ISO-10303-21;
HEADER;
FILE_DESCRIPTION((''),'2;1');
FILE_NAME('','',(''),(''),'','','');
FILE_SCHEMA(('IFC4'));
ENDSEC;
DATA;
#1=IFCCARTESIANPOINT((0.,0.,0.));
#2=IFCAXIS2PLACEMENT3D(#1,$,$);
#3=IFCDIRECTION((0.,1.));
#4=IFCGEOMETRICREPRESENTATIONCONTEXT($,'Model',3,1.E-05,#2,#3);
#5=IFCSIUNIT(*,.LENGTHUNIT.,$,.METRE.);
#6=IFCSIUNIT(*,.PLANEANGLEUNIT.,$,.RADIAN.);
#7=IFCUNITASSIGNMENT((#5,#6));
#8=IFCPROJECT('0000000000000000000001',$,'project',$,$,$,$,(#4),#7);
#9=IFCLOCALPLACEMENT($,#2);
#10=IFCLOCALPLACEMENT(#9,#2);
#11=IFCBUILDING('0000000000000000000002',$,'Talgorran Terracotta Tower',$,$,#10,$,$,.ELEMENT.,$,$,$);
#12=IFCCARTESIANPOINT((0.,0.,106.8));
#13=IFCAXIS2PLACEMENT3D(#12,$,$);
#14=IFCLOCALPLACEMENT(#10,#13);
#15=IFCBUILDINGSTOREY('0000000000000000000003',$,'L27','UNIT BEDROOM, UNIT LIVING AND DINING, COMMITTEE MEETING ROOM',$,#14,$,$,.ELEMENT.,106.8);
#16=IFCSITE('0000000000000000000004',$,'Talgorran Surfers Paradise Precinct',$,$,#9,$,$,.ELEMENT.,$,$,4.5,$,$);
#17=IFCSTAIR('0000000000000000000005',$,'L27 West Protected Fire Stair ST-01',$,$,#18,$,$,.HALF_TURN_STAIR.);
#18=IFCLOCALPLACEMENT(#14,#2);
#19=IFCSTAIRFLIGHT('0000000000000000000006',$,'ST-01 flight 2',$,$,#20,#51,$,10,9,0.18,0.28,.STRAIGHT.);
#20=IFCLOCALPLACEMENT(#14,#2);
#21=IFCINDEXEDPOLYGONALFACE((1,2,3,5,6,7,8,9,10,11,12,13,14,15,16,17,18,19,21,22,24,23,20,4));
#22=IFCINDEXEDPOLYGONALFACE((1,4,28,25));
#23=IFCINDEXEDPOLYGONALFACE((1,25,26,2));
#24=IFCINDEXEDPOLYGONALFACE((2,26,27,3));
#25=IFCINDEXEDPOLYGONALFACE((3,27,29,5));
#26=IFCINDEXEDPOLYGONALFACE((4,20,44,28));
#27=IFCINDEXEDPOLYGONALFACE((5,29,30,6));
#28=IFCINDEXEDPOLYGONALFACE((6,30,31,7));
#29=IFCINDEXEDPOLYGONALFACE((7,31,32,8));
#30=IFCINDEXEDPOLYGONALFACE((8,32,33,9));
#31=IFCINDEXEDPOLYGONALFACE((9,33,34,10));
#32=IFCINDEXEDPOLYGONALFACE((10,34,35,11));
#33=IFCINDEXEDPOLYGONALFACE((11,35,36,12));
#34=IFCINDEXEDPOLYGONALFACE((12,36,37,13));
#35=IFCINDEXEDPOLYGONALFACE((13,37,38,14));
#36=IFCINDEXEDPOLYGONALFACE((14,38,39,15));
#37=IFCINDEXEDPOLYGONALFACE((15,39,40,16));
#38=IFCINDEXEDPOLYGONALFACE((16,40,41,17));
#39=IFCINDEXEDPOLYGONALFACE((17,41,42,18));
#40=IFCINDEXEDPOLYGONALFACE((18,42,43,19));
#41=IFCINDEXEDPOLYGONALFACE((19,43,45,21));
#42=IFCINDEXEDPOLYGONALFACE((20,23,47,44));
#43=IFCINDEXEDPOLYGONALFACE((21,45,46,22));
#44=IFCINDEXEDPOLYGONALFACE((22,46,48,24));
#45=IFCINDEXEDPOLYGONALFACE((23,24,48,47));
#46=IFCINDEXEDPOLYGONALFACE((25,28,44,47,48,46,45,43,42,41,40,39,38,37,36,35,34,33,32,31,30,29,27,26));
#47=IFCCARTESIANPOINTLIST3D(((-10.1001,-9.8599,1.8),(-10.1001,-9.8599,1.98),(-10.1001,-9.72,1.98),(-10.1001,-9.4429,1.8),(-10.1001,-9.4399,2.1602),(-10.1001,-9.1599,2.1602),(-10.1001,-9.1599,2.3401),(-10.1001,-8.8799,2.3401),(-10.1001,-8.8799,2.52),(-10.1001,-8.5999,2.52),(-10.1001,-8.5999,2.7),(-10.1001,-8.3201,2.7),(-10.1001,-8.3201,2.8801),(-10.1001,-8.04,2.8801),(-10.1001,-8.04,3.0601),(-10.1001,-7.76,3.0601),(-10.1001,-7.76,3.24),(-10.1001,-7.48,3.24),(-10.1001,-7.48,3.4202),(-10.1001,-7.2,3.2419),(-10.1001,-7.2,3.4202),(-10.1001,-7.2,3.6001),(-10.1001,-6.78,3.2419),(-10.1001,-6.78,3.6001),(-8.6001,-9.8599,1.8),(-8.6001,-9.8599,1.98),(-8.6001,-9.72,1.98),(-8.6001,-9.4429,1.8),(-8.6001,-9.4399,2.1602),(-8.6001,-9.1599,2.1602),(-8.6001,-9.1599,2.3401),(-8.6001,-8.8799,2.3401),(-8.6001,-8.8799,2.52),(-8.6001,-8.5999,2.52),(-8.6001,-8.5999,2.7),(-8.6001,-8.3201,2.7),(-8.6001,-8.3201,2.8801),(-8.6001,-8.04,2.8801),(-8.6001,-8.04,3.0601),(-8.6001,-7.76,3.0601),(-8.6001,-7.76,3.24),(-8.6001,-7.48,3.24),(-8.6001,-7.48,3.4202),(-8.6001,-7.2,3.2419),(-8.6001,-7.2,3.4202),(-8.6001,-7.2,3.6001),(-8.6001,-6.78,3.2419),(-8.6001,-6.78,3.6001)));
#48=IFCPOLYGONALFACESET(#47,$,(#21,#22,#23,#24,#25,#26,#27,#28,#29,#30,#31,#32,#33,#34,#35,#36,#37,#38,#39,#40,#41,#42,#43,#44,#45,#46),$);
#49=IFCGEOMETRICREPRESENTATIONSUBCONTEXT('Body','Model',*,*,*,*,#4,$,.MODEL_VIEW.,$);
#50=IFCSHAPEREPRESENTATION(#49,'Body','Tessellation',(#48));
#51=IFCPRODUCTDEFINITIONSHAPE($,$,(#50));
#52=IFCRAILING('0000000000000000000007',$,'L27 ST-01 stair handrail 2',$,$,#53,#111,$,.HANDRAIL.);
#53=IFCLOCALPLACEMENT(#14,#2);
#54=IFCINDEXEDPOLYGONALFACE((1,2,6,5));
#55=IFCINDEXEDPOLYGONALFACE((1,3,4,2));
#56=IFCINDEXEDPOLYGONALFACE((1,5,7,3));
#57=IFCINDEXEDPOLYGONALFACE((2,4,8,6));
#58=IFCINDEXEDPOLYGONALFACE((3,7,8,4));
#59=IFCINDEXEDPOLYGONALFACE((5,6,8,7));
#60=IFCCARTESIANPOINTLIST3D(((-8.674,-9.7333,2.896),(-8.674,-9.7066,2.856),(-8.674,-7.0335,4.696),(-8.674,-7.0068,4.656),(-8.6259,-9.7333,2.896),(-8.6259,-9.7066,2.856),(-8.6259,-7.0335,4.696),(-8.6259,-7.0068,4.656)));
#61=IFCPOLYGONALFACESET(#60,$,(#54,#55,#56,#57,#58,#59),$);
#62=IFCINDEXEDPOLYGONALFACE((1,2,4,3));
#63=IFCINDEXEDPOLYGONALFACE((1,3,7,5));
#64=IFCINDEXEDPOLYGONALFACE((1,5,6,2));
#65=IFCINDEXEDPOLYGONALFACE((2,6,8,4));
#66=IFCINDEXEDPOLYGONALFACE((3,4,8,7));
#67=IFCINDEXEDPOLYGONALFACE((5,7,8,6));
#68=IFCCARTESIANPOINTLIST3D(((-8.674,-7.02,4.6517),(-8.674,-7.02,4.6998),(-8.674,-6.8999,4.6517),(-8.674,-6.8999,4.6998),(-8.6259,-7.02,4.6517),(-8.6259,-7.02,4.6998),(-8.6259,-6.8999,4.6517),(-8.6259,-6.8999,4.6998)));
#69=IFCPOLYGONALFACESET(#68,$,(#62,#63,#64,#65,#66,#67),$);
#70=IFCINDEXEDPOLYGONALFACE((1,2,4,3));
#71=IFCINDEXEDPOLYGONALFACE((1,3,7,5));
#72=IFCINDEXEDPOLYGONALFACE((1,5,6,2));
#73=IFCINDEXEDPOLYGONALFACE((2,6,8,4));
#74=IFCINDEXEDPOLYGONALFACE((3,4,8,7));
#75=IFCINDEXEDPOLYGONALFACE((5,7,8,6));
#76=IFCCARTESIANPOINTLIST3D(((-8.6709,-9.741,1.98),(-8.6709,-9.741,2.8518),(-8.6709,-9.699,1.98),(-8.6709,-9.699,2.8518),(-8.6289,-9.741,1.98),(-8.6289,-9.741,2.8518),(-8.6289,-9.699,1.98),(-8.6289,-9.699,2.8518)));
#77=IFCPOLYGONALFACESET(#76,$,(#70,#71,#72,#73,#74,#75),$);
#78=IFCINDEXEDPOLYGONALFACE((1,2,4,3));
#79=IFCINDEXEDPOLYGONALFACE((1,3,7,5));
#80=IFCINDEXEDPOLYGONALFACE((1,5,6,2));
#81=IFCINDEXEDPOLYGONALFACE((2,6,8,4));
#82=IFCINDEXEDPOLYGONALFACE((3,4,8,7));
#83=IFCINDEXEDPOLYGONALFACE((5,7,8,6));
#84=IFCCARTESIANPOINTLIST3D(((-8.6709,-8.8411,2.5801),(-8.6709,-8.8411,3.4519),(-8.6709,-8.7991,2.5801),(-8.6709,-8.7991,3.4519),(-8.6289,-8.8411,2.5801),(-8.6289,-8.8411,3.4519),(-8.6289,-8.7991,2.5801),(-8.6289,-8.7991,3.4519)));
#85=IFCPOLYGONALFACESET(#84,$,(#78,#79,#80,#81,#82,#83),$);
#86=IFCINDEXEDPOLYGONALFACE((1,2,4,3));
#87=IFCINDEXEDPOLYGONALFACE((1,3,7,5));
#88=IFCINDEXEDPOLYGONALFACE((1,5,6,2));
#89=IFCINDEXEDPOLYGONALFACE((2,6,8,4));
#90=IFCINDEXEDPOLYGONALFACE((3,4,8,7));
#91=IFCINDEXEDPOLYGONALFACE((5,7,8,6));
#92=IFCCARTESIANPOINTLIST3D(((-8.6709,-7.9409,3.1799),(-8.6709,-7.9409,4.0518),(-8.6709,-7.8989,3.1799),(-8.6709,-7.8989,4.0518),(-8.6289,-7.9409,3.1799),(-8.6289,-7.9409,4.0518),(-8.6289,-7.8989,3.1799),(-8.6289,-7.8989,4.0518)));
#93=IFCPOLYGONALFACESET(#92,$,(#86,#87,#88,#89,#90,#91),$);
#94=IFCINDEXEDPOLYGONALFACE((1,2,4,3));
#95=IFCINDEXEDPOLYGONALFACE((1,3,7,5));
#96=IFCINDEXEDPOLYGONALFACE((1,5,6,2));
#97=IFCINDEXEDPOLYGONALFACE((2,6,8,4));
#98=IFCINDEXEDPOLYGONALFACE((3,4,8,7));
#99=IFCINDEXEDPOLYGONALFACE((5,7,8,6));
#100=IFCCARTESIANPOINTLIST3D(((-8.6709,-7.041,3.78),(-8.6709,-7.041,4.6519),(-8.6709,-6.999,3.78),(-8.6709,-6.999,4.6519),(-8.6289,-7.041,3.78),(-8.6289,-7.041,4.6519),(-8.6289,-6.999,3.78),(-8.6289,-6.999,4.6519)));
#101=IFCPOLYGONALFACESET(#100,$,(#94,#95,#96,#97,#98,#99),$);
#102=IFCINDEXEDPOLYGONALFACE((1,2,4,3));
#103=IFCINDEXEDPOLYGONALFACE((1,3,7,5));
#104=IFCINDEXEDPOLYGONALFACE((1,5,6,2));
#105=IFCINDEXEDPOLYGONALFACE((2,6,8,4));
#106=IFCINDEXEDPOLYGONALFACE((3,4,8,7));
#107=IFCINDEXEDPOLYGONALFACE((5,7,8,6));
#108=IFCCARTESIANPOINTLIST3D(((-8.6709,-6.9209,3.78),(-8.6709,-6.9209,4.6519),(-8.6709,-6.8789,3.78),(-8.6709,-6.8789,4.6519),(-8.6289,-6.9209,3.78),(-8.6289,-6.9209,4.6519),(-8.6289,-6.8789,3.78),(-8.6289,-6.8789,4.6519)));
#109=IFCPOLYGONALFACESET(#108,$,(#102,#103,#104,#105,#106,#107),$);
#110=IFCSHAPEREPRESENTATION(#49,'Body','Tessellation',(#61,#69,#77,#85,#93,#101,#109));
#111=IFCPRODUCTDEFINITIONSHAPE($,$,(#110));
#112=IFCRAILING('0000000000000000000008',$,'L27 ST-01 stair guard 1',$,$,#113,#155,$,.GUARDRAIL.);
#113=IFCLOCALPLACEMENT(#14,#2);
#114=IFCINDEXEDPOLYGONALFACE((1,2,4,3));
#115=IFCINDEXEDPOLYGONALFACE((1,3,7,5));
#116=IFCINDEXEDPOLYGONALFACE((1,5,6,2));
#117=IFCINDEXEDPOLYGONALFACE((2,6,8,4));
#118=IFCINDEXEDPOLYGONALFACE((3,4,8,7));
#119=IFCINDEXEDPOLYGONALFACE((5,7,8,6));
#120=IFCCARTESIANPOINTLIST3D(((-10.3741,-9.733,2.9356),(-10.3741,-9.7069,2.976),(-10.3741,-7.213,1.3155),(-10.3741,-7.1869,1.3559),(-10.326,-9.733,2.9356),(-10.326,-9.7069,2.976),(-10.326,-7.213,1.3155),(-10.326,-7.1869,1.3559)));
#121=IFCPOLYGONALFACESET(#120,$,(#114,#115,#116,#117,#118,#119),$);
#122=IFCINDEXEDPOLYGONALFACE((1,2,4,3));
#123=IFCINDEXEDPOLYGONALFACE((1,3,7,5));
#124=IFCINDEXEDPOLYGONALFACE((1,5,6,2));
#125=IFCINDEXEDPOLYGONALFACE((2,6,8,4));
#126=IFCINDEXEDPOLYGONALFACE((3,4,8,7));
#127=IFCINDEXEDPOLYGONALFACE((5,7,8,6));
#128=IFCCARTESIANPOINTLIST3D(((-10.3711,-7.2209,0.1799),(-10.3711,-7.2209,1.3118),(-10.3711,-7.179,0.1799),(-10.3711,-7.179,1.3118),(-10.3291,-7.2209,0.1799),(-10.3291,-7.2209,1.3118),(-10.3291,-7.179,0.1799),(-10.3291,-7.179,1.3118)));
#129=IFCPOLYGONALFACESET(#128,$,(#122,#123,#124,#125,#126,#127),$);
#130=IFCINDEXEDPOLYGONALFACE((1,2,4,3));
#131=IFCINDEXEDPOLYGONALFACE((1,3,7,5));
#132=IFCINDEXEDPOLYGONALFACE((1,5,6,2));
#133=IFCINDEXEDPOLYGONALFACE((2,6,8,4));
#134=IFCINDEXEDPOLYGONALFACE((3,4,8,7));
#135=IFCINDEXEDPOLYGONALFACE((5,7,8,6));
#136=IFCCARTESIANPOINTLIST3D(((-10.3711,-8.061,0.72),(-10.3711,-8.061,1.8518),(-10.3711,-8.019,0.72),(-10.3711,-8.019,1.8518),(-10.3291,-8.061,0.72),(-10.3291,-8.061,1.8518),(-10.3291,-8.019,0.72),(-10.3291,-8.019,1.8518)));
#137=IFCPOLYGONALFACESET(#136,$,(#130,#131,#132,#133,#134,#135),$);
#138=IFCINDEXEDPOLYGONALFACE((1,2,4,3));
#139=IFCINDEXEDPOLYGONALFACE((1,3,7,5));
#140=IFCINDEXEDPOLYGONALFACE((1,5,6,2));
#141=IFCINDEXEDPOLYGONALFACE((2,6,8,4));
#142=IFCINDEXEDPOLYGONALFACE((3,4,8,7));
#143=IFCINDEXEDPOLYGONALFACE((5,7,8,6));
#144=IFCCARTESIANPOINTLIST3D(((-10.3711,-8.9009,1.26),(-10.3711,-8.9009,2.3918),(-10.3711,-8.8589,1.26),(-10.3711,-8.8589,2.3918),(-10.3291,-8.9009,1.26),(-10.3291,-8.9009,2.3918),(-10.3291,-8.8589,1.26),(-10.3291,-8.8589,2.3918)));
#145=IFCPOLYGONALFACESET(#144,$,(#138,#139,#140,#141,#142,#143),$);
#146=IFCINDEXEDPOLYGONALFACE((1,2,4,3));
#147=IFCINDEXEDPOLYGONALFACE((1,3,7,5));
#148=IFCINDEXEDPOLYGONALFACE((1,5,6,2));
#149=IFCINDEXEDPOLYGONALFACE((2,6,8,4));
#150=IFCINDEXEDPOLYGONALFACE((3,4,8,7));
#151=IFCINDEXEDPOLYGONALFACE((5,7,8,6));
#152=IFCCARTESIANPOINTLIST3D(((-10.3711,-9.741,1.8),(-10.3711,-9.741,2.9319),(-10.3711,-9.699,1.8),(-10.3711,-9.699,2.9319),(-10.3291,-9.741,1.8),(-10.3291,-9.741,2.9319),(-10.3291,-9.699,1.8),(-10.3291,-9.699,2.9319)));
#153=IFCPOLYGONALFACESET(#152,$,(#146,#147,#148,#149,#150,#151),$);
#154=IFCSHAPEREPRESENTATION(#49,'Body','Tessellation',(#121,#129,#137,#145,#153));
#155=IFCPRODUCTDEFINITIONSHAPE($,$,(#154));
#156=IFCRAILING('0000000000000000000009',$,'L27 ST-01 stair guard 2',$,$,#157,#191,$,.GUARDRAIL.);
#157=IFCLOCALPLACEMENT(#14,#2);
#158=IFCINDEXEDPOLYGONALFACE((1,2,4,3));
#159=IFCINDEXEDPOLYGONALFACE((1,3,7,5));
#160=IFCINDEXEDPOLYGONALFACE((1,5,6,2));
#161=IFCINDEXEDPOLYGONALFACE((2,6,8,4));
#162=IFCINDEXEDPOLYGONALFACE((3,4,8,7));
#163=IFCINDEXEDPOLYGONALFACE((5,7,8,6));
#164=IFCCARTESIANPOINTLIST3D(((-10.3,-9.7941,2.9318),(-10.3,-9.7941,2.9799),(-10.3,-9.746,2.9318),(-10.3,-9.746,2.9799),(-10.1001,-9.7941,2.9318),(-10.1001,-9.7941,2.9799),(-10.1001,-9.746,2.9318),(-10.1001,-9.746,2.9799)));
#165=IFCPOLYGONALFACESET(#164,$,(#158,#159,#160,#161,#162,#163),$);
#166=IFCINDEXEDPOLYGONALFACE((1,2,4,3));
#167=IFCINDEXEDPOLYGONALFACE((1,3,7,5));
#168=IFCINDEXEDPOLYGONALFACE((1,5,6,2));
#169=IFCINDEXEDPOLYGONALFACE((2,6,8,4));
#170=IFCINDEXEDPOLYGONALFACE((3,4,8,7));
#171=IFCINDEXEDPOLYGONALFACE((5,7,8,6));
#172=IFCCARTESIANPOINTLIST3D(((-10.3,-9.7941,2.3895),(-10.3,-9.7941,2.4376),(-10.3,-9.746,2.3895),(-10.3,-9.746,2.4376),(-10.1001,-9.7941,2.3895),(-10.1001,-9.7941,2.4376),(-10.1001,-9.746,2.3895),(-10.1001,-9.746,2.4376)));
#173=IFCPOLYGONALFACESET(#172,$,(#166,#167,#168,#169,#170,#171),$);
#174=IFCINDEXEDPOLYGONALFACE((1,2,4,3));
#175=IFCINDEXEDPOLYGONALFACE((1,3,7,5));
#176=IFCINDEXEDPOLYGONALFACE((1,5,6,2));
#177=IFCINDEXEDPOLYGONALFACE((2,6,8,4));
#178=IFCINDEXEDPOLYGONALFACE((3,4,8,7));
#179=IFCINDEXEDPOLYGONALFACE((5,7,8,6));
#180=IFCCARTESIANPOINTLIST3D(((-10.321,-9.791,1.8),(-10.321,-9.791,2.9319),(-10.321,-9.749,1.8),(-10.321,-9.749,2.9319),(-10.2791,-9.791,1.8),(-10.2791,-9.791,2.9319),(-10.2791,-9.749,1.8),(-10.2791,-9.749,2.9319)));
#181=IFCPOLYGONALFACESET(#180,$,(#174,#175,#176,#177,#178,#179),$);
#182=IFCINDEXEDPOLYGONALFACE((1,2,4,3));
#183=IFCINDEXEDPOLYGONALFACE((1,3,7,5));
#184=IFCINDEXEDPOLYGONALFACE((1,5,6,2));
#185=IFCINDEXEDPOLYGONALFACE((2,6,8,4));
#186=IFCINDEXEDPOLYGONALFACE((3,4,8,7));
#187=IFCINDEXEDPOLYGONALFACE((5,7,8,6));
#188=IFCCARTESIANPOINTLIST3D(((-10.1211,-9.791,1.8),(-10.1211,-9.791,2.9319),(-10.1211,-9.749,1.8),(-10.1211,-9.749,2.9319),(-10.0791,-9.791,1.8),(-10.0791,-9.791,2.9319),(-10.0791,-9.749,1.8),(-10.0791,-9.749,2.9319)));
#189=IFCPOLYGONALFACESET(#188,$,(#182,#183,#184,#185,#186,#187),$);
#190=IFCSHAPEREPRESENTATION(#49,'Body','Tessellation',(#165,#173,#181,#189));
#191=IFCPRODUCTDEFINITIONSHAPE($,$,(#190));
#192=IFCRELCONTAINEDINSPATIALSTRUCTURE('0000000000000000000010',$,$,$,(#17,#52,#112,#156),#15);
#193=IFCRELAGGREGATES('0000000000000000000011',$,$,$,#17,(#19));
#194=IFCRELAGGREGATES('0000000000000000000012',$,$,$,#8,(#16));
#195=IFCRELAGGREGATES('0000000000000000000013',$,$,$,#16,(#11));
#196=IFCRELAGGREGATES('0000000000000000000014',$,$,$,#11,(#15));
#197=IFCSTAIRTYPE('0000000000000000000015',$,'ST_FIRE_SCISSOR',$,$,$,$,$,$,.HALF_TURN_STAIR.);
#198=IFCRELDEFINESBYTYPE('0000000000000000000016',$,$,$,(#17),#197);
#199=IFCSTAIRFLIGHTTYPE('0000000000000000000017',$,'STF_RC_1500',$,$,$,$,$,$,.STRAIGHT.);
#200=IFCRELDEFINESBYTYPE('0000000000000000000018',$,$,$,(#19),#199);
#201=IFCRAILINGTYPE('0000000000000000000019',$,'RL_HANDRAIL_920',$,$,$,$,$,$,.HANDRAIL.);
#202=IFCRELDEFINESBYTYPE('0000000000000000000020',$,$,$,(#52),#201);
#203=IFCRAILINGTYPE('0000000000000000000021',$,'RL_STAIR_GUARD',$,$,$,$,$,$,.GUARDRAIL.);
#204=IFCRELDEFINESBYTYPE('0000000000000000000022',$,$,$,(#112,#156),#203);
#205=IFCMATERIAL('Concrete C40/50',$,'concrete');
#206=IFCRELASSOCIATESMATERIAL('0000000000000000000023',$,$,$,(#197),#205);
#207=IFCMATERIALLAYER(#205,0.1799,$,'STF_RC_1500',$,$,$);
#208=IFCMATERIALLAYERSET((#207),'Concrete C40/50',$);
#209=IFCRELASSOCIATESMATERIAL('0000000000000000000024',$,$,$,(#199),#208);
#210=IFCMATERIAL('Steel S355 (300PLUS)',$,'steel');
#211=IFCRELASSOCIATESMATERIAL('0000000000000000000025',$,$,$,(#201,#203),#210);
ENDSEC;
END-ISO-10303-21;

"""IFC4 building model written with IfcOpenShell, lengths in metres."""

from ifc_helpers import new_model, si_unit, direction, frame, origin, origin_2d, place, context, subcontext, project, spatial, polyline, rectangle, outline, extrude, material, layer, layer_set, type_object, element, aggregate, save


model = new_model("IFC4")

# Units and contexts
model_context = context("Model", 3, precision=1e-05, world=origin(), true_north=direction((0.0, 1.0)))
body_context = subcontext(model_context, "Body", "Model", "MODEL_VIEW")
ifc_project = project(units=[si_unit("LENGTHUNIT", "METRE"), si_unit("PLANEANGLEUNIT", "RADIAN")], contexts=[model_context])

# Site, building, storey
site_placement = place(None, origin())
site = spatial("IfcSite", under=ifc_project, at=site_placement, Name="Talgorran Surfers Paradise Precinct", CompositionType="ELEMENT", RefElevation=4.5)
building_placement = place(site_placement, origin())
building = spatial("IfcBuilding", under=site, at=building_placement, Name="Talgorran Terracotta Tower", CompositionType="ELEMENT")
storey_placement = place(building_placement, frame((0.0, 0.0, 106.8)))
storey = spatial("IfcBuildingStorey", under=building, at=storey_placement, Name="L27", Description="UNIT BEDROOM, UNIT LIVING AND DINING, COMMITTEE MEETING ROOM", CompositionType="ELEMENT", Elevation=106.8)

# Shared definitions
ifc_material_1 = material(Name="Steel S355 (300PLUS)", Category="steel")

# Stair, stair flight
ifc_material_2 = material(Name="Concrete C40/50", Category="concrete")
stair_type = type_object("IfcStairType", Name="ST_FIRE_SCISSOR", PredefinedType="HALF_TURN_STAIR", material=ifc_material_2)
stair_placement = place(storey_placement, origin())
stair = element("IfcStair", 1, at=stair_placement, inside=storey, type_object=stair_type, Name="L27 West Protected Fire Stair ST-01", PredefinedType="HALF_TURN_STAIR")
ifc_layer_1 = layer(ifc_material_2, 0.1799, Name="STF_RC_1500")
ifc_layer_set_1 = layer_set([ifc_layer_1], Name="Concrete C40/50")
stair_flight_type = type_object("IfcStairFlightType", Name="STF_RC_1500", PredefinedType="STRAIGHT", material=ifc_layer_set_1)
stair_flight_placement = place(storey_placement, frame((-9.3501, -9.72, 1.8), z_axis=(0.0, 0.0, 1.0), x_axis=(0.0, 1.0, 0.0)))
stair_flight = element("IfcStairFlight", 2, at=stair_flight_placement, type_object=stair_flight_type, Name="ST-01 flight 2", NumberOfRisers=10, NumberOfTreads=9, PredefinedType="STRAIGHT", RiserHeight=0.18, TreadLength=0.28, context=body_context, shape_type="SweptSolid", body=[
    extrude(outline(polyline([(-0.1399, 0.0), (-0.1399, 0.1799), (0.0, 0.1799), (0.28, 0.3601), (0.5601, 0.3601), (0.5601, 0.54), (0.8401, 0.54), (0.8401, 0.72), (1.1201, 0.72), (1.1201, 0.8999), (1.3999, 0.8999), (1.3999, 1.0801), (1.6799, 1.0801), (1.6799, 1.26), (1.96, 1.26), (1.96, 1.4399), (2.24, 1.4399), (2.24, 1.6201), (2.52, 1.6201), (2.52, 1.8), (2.9399, 1.8), (2.9399, 1.4419), (2.52, 1.4419), (0.2771, 0.0), (-0.1399, 0.0)])), frame((0.0, 0.75, 0.0), z_axis=(0.0, -1.0, 0.0), x_axis=(1.0, 0.0, 0.0)), (0.0, 0.0, 1.0), 1.5),
])
aggregate(stair, [stair_flight])

# Railings
railing_type_1 = type_object("IfcRailingType", Name="RL_HANDRAIL_920", PredefinedType="HANDRAIL", material=ifc_material_1)
railing_1_placement = place(storey_placement, frame((-8.6499, -9.72, 1.98)))
element("IfcRailing", 3, at=railing_1_placement, inside=storey, type_object=railing_type_1, Name="L27 ST-01 stair handrail 2", PredefinedType="HANDRAIL", context=body_context, shape_type="SweptSolid", body=[
    extrude(rectangle(XDim=0.0481, YDim=0.0481, at=origin_2d()), frame((0.0, 0.0, 0.896), z_axis=(0.0, 0.832039, 0.554718), x_axis=(-1.0, 0.0, 0.0)), (0.0, 0.0, 1.0), 3.2449),
    extrude(rectangle(XDim=0.0481, YDim=0.0481, at=origin_2d()), frame((0.0, 2.7, 2.6958), z_axis=(0.0, 1.0, 0.0), x_axis=(-1.0, 0.0, 0.0)), (0.0, 0.0, 1.0), 0.1201),
    extrude(rectangle(XDim=0.042, YDim=0.042, at=origin_2d()), origin(), (0.0, 0.0, 1.0), 0.8718),
    extrude(rectangle(XDim=0.042, YDim=0.042, at=origin_2d()), frame((0.0, 0.8999, 0.6001)), (0.0, 0.0, 1.0), 0.8718),
    extrude(rectangle(XDim=0.042, YDim=0.042, at=origin_2d()), frame((0.0, 1.8, 1.2)), (0.0, 0.0, 1.0), 0.8718),
    extrude(rectangle(XDim=0.042, YDim=0.042, at=origin_2d()), frame((0.0, 2.7, 1.8)), (0.0, 0.0, 1.0), 0.8718),
    extrude(rectangle(XDim=0.042, YDim=0.042, at=origin_2d()), frame((0.0, 2.8201, 1.8)), (0.0, 0.0, 1.0), 0.8718),
])
railing_type_2 = type_object("IfcRailingType", Name="RL_STAIR_GUARD", PredefinedType="GUARDRAIL", material=ifc_material_1)
railing_2_placement = place(storey_placement, frame((-10.3501, -7.2, 0.1799)))
element("IfcRailing", 4, at=railing_2_placement, inside=storey, type_object=railing_type_2, Name="L27 ST-01 stair guard 1", PredefinedType="GUARDRAIL", context=body_context, shape_type="SweptSolid", body=[
    extrude(rectangle(XDim=0.0481, YDim=0.0481, at=origin_2d()), frame((0.0, 0.0, 1.1558), z_axis=(0.0, -0.841163, 0.540782), x_axis=(1.0, 0.0, 0.0)), (0.0, 0.0, 1.0), 2.9958),
    extrude(rectangle(XDim=0.042, YDim=0.042, at=origin_2d()), origin(), (0.0, 0.0, 1.0), 1.1318),
    extrude(rectangle(XDim=0.042, YDim=0.042, at=origin_2d()), frame((0.0, -0.8401, 0.54)), (0.0, 0.0, 1.0), 1.1318),
    extrude(rectangle(XDim=0.042, YDim=0.042, at=origin_2d()), frame((0.0, -1.6799, 1.0801)), (0.0, 0.0, 1.0), 1.1318),
    extrude(rectangle(XDim=0.042, YDim=0.042, at=origin_2d()), frame((0.0, -2.52, 1.6201)), (0.0, 0.0, 1.0), 1.1318),
])
railing_3_placement = place(storey_placement, frame((-10.3, -9.77, 1.8)))
element("IfcRailing", 5, at=railing_3_placement, inside=storey, type_object=railing_type_2, Name="L27 ST-01 stair guard 2", PredefinedType="GUARDRAIL", context=body_context, shape_type="SweptSolid", body=[
    extrude(rectangle(XDim=0.0481, YDim=0.0481, at=origin_2d()), frame((0.0, 0.0, 1.1558), z_axis=(1.0, 0.0, 0.0), x_axis=(0.0, 1.0, 0.0)), (0.0, 0.0, 1.0), 0.2),
    extrude(rectangle(XDim=0.0481, YDim=0.0481, at=origin_2d()), frame((0.0, 0.0, 0.6135), z_axis=(1.0, 0.0, 0.0), x_axis=(0.0, 1.0, 0.0)), (0.0, 0.0, 1.0), 0.2),
    extrude(rectangle(XDim=0.042, YDim=0.042, at=origin_2d()), origin(), (0.0, 0.0, 1.0), 1.1318),
    extrude(rectangle(XDim=0.042, YDim=0.042, at=origin_2d()), frame((0.2, 0.0, 0.0)), (0.0, 0.0, 1.0), 1.1318),
])

save(model, "model.ifc")
